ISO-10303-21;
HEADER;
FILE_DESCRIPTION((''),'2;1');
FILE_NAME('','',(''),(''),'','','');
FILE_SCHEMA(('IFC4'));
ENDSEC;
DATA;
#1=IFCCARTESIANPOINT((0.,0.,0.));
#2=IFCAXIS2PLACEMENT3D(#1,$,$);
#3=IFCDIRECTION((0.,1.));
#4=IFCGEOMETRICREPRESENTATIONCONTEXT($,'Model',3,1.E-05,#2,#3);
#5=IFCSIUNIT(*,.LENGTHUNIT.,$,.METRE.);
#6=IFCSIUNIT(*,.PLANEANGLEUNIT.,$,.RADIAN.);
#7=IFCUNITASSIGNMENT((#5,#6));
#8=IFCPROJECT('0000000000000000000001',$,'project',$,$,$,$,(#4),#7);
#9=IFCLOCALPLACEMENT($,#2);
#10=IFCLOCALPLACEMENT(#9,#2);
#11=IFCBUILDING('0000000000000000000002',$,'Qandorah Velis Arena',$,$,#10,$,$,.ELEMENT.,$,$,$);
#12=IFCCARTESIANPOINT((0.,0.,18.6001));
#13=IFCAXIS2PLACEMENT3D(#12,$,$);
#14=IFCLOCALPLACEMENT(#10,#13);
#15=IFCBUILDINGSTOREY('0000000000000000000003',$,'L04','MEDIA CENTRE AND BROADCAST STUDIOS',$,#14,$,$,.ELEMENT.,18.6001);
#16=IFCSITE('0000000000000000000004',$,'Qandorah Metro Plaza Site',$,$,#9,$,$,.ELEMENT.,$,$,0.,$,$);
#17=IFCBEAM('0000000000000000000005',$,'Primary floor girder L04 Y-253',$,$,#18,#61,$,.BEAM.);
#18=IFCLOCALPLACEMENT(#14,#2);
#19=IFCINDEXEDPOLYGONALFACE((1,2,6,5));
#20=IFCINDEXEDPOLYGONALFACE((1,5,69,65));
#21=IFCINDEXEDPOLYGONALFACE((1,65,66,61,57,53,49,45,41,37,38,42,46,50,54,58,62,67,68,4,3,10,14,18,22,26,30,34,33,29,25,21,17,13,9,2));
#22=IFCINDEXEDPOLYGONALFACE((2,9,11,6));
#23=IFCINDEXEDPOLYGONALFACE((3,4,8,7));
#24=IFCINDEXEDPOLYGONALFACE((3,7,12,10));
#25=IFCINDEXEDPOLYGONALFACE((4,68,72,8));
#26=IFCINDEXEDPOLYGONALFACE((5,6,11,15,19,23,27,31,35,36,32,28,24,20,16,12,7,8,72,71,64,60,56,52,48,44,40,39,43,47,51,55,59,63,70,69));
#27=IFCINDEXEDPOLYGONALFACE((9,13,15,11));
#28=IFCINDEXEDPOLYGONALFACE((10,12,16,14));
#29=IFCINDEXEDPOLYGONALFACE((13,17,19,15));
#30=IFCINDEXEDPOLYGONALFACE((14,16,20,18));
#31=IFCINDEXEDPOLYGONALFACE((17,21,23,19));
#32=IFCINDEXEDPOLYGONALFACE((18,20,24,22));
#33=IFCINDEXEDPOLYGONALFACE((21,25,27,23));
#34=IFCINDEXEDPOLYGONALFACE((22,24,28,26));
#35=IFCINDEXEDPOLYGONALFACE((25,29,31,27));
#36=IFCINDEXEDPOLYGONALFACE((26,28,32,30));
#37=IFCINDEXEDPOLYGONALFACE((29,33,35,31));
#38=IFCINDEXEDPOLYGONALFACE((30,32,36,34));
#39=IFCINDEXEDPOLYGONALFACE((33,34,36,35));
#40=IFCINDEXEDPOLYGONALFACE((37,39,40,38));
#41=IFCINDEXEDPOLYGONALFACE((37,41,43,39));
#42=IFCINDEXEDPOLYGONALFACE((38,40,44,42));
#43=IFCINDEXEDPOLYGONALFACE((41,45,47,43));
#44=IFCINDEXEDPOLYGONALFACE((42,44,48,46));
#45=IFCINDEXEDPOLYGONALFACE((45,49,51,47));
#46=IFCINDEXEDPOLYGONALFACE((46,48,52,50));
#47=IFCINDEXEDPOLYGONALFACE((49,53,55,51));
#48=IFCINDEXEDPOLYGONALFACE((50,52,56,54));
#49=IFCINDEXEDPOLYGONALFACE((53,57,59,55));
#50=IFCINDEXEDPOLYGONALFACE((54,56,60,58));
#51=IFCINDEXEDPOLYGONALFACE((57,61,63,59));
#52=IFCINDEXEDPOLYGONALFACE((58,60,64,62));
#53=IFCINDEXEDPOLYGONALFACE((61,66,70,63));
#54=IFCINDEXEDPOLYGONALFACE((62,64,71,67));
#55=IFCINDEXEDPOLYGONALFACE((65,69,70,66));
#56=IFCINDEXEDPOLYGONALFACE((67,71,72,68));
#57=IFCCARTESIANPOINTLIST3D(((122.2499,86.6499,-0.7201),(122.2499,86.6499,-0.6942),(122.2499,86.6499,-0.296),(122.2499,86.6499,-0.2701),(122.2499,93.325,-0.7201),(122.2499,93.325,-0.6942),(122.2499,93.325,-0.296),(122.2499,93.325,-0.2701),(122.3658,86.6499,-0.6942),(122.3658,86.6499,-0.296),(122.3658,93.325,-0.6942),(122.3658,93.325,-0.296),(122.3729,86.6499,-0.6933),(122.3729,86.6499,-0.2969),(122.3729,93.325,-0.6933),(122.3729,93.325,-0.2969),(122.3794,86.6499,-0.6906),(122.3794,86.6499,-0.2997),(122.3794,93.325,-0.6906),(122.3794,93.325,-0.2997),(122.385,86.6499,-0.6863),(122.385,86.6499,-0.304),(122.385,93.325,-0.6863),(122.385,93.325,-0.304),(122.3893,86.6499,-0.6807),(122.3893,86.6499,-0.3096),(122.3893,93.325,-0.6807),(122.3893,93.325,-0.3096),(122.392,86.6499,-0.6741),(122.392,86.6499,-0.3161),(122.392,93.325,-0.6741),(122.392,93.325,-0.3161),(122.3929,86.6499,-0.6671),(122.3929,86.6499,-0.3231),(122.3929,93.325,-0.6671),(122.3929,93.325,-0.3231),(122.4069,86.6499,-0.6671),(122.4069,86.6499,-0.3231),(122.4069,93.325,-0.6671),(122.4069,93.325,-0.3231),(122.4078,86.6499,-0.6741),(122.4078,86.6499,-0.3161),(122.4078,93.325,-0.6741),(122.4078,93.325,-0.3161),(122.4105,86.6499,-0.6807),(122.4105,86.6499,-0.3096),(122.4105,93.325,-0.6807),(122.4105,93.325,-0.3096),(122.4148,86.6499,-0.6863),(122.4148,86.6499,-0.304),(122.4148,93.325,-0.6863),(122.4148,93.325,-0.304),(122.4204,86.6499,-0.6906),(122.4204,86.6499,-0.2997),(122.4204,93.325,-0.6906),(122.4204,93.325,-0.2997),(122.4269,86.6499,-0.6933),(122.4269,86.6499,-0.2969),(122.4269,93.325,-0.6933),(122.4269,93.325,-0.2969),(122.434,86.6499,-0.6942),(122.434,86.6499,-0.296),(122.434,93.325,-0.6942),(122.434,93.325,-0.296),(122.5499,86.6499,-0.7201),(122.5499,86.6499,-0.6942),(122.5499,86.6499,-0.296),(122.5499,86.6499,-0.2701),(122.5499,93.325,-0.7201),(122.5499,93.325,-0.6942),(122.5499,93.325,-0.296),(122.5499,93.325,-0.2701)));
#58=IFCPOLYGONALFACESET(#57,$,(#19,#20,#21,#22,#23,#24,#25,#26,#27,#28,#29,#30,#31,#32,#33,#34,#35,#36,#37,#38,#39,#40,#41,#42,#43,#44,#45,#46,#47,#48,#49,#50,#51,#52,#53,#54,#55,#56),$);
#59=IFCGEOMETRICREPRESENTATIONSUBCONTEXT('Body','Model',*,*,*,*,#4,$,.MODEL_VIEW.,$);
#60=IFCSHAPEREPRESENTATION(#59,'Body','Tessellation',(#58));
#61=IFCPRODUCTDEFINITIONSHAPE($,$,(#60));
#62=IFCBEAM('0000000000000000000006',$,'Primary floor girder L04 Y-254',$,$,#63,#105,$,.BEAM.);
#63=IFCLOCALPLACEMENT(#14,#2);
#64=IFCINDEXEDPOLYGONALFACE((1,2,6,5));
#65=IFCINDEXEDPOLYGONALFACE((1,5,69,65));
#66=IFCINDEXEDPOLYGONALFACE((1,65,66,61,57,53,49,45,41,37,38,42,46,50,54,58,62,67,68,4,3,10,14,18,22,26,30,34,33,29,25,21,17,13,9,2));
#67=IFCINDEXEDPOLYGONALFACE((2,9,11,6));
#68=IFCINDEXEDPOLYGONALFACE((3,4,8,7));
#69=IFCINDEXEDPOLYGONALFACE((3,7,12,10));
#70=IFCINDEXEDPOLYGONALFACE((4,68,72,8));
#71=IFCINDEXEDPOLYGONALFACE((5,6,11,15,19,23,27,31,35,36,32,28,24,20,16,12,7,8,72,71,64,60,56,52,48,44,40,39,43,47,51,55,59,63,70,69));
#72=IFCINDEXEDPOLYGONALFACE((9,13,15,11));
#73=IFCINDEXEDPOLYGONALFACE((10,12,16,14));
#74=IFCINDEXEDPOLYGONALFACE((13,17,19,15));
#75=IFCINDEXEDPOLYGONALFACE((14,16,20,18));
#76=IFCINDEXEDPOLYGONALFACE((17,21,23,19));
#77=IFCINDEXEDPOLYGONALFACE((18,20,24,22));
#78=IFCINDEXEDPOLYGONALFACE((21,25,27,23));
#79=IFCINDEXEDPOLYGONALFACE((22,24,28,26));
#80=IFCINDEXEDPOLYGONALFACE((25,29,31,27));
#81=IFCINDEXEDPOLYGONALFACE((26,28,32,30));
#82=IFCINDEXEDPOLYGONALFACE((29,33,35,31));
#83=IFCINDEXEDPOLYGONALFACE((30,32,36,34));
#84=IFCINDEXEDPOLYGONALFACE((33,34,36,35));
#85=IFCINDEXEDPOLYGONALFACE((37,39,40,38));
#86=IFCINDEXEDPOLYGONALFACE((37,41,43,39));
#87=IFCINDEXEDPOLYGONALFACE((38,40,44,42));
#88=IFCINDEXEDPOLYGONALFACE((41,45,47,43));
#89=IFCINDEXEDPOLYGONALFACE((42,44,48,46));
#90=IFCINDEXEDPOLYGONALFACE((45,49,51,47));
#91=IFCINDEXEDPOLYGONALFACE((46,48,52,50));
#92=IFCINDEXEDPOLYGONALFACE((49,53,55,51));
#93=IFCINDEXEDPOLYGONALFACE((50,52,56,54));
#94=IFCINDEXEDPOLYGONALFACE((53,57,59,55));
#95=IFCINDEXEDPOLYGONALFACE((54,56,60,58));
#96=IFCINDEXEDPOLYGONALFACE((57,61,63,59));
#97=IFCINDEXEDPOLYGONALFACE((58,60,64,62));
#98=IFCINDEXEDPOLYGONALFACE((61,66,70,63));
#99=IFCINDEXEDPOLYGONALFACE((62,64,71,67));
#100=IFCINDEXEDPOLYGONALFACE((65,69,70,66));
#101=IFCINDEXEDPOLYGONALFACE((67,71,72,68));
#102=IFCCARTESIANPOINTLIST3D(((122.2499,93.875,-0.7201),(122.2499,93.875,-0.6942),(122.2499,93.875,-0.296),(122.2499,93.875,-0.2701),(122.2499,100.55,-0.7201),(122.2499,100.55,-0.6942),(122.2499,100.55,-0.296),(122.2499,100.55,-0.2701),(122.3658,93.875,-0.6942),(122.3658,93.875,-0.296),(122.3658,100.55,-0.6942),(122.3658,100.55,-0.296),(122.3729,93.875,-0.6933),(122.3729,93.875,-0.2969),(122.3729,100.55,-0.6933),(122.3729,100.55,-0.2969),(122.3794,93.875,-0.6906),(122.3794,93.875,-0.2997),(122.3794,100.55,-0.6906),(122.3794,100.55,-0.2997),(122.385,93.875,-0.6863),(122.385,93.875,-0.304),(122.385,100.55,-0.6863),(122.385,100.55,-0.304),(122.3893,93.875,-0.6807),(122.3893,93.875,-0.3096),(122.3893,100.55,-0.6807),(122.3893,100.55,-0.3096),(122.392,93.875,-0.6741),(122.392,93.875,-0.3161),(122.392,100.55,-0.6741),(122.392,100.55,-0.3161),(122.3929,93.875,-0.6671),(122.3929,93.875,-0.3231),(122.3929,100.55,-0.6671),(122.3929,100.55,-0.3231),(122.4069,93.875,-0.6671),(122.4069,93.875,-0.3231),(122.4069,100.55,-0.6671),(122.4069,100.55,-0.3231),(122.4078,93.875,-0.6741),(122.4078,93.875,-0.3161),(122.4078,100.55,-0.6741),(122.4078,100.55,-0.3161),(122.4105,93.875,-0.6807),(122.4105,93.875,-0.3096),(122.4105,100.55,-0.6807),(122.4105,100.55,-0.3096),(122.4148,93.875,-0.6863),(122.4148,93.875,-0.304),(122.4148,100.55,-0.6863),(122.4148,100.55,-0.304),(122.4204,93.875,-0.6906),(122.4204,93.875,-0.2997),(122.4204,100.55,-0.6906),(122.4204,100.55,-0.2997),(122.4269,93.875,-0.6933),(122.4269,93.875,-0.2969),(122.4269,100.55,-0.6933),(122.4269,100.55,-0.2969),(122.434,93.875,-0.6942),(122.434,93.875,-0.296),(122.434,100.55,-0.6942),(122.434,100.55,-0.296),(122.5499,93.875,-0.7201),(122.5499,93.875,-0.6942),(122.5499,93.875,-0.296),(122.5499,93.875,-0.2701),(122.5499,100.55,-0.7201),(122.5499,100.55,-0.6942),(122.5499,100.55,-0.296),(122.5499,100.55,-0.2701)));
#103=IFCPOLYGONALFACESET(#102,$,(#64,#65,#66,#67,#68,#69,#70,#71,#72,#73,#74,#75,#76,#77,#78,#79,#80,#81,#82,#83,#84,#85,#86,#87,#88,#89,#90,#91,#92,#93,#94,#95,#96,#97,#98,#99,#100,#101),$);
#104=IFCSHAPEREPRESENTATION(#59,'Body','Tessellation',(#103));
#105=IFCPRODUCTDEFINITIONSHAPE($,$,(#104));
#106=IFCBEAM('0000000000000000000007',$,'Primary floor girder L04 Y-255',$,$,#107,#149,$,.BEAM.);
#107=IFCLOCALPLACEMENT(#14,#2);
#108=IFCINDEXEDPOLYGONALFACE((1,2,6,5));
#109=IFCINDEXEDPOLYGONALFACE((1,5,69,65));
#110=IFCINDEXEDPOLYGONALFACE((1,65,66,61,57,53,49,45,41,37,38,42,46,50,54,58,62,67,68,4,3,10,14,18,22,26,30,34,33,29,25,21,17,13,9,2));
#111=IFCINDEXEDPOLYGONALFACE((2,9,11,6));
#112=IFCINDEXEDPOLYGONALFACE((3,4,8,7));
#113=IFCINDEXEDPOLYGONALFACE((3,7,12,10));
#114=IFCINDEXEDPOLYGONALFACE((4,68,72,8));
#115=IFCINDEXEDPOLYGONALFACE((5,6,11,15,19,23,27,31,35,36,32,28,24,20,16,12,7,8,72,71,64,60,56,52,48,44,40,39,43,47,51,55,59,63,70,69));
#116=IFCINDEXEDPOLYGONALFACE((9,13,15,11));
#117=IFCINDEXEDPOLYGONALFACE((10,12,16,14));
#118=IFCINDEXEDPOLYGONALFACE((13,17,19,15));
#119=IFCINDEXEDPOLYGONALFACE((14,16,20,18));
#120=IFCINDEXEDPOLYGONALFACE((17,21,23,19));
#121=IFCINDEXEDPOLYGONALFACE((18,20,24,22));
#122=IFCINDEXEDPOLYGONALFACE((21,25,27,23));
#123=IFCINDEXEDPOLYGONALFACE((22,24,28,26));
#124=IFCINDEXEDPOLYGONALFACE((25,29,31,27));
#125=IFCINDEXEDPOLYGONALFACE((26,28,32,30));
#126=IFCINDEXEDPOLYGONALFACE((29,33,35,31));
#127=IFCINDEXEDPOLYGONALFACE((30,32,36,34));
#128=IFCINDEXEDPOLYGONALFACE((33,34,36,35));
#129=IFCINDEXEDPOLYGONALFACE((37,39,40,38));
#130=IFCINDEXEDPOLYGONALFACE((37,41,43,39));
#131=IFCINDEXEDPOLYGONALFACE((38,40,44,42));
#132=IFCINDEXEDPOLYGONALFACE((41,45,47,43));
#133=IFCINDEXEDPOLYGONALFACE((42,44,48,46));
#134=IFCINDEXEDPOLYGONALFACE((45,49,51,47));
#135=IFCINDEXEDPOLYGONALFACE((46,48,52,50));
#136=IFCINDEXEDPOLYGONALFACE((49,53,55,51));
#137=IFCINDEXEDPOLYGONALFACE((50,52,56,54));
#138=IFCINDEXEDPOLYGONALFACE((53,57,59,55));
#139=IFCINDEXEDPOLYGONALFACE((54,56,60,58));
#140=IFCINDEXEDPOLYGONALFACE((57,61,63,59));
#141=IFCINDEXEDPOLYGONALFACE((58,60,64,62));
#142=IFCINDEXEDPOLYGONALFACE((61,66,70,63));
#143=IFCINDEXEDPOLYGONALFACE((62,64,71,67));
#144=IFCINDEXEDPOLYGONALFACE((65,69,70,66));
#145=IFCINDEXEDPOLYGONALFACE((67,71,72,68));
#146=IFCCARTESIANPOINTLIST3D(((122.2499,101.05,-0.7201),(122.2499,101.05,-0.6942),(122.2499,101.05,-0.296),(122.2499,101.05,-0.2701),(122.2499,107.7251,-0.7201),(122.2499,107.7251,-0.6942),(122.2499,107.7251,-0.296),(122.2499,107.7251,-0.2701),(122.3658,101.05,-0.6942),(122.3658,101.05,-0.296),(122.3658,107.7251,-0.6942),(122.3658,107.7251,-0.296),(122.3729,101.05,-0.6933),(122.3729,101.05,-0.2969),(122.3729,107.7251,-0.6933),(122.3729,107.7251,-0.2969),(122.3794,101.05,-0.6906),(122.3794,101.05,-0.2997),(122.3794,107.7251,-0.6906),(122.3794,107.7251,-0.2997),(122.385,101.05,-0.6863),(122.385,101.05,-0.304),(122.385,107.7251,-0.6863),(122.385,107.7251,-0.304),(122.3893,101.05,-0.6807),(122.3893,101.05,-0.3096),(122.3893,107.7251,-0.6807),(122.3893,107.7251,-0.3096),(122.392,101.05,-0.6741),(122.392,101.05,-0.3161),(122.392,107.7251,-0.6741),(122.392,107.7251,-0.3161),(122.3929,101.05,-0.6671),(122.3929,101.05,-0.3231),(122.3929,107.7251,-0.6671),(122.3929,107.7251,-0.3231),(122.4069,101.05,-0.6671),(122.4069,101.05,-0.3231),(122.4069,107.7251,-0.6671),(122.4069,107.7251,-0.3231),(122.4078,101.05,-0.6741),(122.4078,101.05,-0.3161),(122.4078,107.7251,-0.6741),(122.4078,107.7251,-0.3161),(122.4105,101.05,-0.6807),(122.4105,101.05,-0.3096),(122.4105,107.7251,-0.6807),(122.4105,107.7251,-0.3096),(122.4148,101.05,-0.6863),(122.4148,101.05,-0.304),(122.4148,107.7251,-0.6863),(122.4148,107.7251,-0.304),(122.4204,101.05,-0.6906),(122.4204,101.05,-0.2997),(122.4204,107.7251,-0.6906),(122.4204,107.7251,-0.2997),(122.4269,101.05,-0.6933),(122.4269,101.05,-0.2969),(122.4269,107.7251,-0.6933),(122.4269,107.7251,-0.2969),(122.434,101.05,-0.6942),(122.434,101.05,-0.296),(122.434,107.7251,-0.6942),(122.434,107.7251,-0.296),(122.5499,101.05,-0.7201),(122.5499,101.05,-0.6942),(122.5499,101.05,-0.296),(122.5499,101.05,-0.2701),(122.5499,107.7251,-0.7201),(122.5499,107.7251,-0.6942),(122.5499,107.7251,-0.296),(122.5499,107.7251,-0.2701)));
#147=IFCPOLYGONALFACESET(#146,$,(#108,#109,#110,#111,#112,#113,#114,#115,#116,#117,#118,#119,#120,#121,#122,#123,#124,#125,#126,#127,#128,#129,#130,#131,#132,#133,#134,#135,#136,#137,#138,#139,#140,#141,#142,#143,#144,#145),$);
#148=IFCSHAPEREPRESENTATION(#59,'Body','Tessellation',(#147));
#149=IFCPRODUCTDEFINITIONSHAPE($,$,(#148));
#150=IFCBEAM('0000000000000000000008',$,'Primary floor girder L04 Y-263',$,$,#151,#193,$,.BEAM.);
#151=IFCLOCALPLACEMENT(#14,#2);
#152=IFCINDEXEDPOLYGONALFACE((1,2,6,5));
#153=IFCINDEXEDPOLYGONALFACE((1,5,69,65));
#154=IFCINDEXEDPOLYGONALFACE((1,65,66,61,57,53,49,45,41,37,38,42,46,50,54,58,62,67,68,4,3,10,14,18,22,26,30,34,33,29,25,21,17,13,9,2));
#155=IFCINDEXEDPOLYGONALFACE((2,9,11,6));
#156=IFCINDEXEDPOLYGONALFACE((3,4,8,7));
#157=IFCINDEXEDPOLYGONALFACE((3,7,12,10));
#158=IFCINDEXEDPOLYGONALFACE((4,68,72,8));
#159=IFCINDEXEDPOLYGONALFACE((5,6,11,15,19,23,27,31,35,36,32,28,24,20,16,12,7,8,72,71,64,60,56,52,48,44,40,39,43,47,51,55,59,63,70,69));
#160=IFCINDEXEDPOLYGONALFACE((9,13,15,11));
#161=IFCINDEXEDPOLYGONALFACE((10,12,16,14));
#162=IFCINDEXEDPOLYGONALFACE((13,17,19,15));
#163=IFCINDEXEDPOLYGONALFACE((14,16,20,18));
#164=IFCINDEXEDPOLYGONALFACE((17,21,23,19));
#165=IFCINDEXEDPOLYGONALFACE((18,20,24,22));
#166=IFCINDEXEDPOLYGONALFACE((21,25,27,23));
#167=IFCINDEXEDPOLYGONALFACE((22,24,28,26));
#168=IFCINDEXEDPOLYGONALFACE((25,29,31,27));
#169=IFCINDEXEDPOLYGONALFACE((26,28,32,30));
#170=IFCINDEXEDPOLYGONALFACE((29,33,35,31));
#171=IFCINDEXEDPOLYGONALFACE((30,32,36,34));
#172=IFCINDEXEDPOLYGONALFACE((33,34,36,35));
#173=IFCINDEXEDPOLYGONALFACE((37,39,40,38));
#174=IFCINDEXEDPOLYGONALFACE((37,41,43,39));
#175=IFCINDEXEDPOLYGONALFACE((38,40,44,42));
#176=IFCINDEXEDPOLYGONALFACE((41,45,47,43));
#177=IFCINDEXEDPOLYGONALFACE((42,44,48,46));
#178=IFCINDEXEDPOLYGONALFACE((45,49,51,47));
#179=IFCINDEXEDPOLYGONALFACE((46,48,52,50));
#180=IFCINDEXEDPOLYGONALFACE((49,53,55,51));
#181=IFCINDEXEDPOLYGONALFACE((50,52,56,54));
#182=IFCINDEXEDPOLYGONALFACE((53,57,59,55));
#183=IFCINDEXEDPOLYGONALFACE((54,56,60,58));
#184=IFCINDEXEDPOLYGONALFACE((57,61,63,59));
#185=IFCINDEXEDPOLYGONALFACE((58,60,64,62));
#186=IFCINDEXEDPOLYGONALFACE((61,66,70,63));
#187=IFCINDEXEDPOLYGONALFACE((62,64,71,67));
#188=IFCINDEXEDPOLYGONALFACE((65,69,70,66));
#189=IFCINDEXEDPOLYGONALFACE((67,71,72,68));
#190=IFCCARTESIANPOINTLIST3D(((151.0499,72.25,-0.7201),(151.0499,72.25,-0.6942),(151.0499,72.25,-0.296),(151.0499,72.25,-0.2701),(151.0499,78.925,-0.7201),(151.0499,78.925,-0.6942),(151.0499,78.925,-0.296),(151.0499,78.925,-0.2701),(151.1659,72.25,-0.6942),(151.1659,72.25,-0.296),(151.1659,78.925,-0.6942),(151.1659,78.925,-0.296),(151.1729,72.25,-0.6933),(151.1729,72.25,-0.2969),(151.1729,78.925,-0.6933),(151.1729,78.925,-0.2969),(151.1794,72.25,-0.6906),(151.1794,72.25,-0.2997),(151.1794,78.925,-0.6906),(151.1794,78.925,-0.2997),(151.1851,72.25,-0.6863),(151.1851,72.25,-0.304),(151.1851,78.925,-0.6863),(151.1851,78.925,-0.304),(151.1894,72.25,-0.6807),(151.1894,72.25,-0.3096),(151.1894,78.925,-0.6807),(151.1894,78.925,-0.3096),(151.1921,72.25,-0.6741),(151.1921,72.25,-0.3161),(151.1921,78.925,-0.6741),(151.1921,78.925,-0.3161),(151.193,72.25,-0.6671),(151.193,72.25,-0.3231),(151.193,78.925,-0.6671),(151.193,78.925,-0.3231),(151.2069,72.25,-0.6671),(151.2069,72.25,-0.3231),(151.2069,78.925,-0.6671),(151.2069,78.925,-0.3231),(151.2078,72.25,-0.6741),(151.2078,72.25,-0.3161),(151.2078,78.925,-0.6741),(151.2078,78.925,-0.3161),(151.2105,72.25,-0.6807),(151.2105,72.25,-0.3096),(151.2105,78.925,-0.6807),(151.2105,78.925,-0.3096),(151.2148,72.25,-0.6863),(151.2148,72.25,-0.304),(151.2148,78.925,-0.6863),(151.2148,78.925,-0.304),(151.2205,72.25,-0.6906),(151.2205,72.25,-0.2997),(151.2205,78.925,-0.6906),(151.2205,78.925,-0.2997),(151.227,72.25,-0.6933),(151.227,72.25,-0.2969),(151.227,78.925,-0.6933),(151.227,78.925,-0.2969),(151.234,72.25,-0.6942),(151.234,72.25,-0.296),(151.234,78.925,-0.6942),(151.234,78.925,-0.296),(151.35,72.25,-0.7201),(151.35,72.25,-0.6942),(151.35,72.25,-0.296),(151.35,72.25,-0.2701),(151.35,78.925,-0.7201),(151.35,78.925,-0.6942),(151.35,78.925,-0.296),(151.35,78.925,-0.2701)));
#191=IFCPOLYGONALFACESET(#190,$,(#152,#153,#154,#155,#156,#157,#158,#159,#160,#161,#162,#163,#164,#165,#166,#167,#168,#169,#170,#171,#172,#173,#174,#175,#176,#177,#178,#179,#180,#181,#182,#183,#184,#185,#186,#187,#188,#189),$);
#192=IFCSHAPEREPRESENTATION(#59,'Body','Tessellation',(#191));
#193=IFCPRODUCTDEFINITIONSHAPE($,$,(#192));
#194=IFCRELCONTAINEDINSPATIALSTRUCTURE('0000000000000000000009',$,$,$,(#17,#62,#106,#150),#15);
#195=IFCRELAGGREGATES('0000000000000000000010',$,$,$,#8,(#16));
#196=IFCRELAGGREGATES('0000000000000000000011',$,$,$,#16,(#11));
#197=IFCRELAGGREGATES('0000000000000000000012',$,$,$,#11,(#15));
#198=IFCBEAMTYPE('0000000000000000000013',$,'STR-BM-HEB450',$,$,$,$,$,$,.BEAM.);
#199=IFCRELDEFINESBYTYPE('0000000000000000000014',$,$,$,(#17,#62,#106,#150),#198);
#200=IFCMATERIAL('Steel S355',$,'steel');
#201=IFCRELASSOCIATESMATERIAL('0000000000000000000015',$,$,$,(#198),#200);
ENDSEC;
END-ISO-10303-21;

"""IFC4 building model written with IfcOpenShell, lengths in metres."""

from ifc_helpers import new_model, si_unit, direction, frame, origin, origin_2d, place, context, subcontext, project, spatial, i_section, extrude, material, material_profile, profile_set, type_object, element, save


model = new_model("IFC4")

# Units and contexts
model_context = context("Model", 3, precision=1e-05, world=origin(), true_north=direction((0.0, 1.0)))
body_context = subcontext(model_context, "Body", "Model", "MODEL_VIEW")
ifc_project = project(units=[si_unit("LENGTHUNIT", "METRE"), si_unit("PLANEANGLEUNIT", "RADIAN")], contexts=[model_context])

# Site, building, storey
site_placement = place(None, origin())
site = spatial("IfcSite", under=ifc_project, at=site_placement, Name="Qandorah Metro Plaza Site", CompositionType="ELEMENT", RefElevation=0.0)
building_placement = place(site_placement, origin())
building = spatial("IfcBuilding", under=site, at=building_placement, Name="Qandorah Velis Arena", CompositionType="ELEMENT")
storey_placement = place(building_placement, frame((0.0, 0.0, 18.6001)))
storey = spatial("IfcBuildingStorey", under=building, at=storey_placement, Name="L04", Description="MEDIA CENTRE AND BROADCAST STUDIOS", CompositionType="ELEMENT", Elevation=18.6001)

# Beams
ifc_material_1 = material(Name="Steel S355", Category="steel")
ifc_material_profile_1 = material_profile(ifc_material_1, i_section(OverallWidth=0.3, OverallDepth=0.45, WebThickness=0.0139, FlangeThickness=0.0259, FilletRadius=0.0271, at=origin_2d()), Name="HEB 450")
ifc_profile_set_1 = profile_set([ifc_material_profile_1], Name="Steel S355")
beam_type_1 = type_object("IfcBeamType", Name="STR-BM-HEB450", PredefinedType="BEAM", material=ifc_profile_set_1)
for number, where, z_axis, x_axis, name in (
    (1, (122.3999, 86.6499, -0.4951), (0.0, 1.0, 0.0), (-1.0, 0.0, 0.0), "Primary floor girder L04 Y-253"),
    (2, (122.3999, 93.875, -0.4951), (0.0, 1.0, 0.0), (-1.0, 0.0, 0.0), "Primary floor girder L04 Y-254"),
    (3, (122.3999, 101.05, -0.4951), (0.0, 1.0, 0.0), (-1.0, 0.0, 0.0), "Primary floor girder L04 Y-255"),
    (4, (151.2, 72.25, -0.4951), (0.0, 1.0, 0.0), (-1.0, 0.0, 0.0), "Primary floor girder L04 Y-263"),
):
    element("IfcBeam", number, at=place(storey_placement, frame(where, z_axis=z_axis, x_axis=x_axis)), inside=storey, type_object=beam_type_1, Name=name, PredefinedType="BEAM", context=body_context, shape_type="SweptSolid", body=[
        extrude(i_section(OverallWidth=0.3, OverallDepth=0.45, WebThickness=0.0139, FlangeThickness=0.0259, FilletRadius=0.0271, at=origin_2d()), origin(), (0.0, 0.0, 1.0), 6.675),
    ])

save(model, "model.ifc")
